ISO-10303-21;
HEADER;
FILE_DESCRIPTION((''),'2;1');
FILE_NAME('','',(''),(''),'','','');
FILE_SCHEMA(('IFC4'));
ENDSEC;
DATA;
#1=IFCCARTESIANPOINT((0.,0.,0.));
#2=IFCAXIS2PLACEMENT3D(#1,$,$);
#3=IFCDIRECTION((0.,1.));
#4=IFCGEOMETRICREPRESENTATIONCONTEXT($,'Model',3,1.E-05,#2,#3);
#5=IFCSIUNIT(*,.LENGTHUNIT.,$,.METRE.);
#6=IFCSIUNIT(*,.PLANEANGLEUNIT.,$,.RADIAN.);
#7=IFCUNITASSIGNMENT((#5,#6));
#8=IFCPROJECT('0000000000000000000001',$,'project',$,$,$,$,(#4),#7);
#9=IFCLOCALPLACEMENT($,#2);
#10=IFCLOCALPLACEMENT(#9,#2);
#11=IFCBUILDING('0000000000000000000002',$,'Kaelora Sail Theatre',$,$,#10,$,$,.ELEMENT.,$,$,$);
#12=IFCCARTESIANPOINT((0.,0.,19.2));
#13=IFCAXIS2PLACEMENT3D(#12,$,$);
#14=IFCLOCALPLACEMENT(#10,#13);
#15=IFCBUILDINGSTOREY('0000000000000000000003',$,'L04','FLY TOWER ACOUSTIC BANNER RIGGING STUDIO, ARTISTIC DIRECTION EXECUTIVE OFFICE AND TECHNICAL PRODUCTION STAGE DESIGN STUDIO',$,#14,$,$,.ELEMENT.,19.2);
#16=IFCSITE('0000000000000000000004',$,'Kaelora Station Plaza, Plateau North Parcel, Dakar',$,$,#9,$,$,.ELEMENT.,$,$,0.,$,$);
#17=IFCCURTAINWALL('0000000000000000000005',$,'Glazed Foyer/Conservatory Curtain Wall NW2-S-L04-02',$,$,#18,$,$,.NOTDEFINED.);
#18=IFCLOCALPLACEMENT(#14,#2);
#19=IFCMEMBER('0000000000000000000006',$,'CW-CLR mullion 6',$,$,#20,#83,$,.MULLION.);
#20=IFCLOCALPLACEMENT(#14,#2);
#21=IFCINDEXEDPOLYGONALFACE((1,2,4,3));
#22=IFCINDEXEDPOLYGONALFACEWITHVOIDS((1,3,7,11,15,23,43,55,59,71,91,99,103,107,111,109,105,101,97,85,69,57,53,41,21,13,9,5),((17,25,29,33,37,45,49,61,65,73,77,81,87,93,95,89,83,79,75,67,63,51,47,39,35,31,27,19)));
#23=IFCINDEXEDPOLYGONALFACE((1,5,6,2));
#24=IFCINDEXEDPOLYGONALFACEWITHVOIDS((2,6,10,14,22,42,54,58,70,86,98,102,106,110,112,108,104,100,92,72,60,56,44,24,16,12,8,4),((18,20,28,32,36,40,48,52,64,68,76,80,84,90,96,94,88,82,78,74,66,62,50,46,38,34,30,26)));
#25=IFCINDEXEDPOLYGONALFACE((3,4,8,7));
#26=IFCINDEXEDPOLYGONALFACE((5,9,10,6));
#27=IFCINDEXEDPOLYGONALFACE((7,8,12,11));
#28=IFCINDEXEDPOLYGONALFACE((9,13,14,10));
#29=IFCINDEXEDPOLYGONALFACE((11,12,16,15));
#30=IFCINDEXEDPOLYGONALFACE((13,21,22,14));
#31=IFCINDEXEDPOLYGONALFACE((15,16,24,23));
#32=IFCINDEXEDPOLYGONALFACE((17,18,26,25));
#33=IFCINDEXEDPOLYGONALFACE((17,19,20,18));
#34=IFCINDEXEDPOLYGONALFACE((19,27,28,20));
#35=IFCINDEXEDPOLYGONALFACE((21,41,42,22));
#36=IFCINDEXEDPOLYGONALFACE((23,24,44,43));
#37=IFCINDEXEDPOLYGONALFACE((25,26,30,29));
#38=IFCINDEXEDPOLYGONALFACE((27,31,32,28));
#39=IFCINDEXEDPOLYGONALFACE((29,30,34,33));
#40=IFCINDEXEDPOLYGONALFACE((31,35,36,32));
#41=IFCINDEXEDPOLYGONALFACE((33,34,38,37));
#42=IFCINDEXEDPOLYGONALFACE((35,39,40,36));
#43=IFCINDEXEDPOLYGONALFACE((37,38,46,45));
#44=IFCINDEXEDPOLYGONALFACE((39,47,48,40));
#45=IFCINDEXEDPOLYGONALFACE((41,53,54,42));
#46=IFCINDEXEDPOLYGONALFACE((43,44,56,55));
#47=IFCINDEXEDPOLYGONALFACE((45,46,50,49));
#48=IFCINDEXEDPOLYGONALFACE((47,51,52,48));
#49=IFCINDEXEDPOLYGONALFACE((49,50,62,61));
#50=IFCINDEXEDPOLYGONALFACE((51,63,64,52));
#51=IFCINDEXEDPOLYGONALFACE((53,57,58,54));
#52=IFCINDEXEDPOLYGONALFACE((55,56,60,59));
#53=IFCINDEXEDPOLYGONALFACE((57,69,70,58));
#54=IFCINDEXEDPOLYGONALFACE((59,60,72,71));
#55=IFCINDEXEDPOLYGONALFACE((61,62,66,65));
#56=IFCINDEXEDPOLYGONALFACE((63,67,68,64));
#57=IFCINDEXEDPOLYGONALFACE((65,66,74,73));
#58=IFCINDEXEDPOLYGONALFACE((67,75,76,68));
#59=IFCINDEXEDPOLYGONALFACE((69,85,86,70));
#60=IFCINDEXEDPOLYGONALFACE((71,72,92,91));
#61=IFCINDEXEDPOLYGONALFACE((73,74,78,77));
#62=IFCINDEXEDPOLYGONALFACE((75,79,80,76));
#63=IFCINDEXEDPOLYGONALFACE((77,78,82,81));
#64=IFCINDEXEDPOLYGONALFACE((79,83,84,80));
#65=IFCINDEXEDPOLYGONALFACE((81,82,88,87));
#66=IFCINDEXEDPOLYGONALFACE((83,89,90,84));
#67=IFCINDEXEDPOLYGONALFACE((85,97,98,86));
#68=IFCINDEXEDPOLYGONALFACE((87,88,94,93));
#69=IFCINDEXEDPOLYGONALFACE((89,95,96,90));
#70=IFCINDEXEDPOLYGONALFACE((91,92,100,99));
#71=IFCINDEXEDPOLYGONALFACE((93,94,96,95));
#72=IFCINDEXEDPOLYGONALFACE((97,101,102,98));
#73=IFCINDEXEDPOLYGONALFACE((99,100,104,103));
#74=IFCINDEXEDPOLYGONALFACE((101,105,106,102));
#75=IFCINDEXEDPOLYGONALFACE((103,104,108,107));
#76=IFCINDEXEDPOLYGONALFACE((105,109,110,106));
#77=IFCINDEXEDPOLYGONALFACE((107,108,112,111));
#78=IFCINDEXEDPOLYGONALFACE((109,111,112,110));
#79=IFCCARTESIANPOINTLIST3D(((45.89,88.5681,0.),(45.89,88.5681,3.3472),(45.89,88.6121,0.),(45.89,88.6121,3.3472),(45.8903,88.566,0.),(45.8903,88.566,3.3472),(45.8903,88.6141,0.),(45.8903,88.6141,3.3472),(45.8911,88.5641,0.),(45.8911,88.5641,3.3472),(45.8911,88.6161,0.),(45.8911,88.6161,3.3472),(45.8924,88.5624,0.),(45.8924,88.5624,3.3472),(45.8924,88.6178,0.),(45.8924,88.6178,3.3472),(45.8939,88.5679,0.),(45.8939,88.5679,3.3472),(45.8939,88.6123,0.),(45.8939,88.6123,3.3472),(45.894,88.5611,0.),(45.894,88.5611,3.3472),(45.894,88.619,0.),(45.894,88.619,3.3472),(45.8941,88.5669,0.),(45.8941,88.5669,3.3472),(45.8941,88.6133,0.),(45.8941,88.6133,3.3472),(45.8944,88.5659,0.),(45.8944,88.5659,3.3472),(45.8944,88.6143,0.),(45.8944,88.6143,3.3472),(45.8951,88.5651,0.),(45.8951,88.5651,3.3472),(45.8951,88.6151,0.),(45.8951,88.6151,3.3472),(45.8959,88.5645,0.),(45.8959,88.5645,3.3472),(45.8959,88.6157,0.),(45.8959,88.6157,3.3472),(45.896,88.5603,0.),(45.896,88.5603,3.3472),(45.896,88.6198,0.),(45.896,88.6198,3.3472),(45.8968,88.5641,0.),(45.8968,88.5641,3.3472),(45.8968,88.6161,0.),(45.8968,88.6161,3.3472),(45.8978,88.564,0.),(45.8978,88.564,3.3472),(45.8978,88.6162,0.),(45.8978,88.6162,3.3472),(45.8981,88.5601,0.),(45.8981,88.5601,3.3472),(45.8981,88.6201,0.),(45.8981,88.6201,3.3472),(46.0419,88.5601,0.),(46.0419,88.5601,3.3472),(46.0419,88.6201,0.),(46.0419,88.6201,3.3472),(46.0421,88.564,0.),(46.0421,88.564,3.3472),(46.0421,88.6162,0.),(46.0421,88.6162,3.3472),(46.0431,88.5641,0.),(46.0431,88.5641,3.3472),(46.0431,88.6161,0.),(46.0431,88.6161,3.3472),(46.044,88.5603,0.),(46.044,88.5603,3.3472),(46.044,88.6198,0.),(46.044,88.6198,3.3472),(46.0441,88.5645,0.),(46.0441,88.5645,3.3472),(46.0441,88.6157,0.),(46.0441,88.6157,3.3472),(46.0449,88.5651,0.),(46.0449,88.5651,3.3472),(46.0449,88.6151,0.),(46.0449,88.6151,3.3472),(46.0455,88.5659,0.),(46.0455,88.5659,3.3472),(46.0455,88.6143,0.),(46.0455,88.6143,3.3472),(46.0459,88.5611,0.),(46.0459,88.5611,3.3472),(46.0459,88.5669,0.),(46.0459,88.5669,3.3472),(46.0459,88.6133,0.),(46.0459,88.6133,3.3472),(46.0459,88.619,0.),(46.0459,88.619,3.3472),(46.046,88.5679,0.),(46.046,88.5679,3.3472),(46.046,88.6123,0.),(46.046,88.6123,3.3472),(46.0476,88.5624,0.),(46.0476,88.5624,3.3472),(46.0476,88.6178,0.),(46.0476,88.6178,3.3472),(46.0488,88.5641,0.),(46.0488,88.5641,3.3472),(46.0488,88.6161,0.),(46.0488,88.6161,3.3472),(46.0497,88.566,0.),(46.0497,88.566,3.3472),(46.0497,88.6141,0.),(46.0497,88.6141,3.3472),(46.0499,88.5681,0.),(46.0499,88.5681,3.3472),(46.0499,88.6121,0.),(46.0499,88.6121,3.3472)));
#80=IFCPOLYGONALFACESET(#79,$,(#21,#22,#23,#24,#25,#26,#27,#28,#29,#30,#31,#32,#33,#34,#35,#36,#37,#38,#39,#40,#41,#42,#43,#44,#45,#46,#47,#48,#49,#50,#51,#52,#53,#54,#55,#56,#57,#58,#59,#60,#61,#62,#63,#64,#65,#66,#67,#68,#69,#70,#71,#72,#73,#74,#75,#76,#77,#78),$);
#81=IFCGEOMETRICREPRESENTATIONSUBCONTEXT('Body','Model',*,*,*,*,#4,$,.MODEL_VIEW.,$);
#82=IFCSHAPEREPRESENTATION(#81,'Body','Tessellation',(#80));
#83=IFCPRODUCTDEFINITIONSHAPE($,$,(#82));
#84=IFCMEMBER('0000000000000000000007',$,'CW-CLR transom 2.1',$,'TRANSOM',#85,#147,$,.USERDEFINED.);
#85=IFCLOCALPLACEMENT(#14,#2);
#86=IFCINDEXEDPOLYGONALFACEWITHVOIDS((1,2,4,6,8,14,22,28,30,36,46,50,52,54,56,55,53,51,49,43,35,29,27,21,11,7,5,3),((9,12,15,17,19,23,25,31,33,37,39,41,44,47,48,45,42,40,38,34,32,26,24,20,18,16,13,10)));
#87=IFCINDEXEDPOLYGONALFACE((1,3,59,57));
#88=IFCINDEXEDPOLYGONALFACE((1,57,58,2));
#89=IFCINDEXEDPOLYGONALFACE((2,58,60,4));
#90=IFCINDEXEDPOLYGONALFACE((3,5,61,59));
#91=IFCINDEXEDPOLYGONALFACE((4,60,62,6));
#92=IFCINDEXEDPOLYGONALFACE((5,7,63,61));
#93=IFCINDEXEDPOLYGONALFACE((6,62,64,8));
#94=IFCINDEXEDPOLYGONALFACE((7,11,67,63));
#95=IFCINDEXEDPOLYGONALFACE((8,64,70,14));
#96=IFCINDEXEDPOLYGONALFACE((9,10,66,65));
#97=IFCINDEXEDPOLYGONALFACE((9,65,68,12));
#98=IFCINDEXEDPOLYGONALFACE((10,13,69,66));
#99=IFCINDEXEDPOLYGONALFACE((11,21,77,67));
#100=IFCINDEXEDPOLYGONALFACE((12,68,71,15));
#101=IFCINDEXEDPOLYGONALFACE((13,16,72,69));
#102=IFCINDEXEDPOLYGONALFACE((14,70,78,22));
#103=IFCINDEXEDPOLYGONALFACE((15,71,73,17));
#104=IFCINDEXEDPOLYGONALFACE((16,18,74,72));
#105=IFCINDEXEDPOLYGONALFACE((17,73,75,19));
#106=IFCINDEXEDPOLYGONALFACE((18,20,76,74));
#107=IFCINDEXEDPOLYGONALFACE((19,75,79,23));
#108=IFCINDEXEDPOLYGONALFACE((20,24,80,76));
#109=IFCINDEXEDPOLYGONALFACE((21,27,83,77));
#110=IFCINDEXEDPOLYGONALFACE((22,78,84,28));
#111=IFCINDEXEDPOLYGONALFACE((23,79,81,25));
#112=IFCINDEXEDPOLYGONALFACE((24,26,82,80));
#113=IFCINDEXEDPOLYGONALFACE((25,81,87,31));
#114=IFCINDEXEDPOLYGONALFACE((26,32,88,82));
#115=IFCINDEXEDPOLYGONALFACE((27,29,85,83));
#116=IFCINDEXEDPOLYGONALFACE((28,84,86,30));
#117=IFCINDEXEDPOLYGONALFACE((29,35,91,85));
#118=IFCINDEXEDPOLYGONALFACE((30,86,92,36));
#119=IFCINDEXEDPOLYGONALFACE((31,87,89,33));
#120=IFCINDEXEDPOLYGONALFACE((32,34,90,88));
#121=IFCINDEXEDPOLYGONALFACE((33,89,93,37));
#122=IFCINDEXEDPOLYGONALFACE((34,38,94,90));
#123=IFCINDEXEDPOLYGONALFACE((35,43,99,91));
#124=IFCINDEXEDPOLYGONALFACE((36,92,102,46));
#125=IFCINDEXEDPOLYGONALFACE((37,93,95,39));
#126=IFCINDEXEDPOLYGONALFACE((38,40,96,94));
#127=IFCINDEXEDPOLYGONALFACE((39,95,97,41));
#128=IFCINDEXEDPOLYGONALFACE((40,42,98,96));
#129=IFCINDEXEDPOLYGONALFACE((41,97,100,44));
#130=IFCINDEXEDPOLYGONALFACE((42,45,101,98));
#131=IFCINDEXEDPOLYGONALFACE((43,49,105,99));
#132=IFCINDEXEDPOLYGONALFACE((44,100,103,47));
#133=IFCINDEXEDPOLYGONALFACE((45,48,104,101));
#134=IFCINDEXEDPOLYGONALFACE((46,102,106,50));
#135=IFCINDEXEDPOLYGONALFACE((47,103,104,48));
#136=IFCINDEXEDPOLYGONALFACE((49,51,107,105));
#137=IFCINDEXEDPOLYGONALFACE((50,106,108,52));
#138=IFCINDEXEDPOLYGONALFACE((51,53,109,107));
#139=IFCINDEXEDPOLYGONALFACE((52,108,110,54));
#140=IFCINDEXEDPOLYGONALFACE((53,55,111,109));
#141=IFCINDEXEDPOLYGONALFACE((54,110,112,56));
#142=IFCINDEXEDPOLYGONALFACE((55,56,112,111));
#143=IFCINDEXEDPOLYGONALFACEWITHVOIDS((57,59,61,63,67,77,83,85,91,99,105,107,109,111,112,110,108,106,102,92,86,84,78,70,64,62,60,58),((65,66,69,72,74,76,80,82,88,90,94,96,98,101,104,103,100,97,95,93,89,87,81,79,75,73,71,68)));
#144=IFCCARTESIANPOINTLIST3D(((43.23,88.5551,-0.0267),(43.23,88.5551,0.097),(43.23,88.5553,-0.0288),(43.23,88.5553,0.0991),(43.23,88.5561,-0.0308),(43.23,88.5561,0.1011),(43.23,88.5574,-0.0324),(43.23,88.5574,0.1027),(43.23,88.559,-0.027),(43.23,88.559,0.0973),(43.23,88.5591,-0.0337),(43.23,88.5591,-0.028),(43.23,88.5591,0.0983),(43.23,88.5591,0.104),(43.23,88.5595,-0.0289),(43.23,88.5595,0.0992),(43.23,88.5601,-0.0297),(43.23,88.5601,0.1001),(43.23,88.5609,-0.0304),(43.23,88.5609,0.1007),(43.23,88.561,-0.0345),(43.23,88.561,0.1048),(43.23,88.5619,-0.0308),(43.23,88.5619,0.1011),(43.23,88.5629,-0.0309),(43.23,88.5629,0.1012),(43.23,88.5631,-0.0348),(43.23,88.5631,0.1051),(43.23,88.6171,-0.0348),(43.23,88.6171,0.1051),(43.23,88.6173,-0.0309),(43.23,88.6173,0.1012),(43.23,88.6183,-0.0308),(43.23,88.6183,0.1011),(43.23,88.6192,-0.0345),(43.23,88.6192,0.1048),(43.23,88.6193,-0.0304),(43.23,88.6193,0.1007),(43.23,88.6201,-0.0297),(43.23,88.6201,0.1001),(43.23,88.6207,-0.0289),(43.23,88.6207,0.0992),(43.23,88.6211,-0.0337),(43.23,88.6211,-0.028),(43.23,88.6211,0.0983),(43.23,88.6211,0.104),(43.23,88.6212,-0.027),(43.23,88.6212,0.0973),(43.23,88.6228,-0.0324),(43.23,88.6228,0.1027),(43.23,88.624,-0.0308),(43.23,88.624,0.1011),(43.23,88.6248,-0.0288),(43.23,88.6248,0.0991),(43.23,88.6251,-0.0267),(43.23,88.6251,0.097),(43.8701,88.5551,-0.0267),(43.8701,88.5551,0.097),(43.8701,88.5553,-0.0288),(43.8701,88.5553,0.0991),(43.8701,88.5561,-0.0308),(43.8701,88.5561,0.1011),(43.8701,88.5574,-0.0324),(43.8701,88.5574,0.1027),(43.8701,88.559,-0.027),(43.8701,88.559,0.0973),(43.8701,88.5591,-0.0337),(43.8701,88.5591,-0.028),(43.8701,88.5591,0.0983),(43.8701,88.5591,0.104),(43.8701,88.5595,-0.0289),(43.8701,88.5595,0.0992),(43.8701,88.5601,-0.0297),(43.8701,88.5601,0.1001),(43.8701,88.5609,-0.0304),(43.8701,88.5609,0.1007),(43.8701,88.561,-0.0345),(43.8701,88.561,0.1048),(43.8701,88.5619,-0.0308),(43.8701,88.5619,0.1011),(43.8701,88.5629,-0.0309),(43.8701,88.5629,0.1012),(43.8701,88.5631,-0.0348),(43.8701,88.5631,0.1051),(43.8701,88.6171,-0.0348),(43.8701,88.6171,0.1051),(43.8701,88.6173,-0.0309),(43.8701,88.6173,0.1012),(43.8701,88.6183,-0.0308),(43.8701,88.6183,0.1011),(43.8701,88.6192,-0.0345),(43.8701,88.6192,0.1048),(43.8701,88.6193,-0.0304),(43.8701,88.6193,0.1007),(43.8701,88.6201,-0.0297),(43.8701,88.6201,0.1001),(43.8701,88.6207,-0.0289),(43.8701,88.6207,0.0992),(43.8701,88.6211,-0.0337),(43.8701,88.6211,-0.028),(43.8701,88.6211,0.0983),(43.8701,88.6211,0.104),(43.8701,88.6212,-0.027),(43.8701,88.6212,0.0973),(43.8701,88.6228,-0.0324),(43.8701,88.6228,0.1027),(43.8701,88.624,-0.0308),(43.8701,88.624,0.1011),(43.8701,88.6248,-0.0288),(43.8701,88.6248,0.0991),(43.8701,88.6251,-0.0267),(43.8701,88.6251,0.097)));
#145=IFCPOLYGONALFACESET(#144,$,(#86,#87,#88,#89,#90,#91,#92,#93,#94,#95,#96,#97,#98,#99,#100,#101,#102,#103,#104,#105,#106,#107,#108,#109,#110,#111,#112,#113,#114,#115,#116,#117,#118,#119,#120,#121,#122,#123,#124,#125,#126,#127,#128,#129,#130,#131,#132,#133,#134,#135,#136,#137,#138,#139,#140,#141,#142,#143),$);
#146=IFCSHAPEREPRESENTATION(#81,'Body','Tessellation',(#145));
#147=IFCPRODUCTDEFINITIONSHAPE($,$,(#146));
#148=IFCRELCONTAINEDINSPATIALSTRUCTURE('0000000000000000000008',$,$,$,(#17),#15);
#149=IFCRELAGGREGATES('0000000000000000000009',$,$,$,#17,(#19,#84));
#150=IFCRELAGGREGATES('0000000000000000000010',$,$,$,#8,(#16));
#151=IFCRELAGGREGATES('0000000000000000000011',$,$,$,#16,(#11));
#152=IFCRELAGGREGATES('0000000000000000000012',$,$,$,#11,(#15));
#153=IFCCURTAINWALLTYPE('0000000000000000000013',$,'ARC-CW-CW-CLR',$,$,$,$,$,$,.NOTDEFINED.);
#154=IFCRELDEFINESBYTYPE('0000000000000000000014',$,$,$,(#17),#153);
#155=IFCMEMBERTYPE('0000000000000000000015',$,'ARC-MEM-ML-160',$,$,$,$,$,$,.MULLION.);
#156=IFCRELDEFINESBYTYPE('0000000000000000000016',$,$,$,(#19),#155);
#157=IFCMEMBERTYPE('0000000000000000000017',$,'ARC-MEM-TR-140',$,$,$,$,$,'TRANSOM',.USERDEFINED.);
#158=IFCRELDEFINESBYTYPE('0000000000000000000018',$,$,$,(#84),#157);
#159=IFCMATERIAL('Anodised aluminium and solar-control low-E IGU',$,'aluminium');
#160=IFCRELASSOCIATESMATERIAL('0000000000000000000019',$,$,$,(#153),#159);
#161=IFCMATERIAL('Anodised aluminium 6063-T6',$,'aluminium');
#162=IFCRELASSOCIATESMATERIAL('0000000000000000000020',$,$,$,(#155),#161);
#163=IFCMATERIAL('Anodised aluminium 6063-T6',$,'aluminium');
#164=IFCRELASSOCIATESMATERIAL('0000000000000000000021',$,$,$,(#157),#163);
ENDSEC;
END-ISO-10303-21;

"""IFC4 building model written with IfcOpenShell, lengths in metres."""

from ifc_helpers import new_model, si_unit, direction, frame, origin, origin_2d, place, context, subcontext, project, spatial, hollow_rectangle, extrude, material, material_profile, profile_set, type_object, element, aggregate, save


model = new_model("IFC4")

# Units and contexts
model_context = context("Model", 3, precision=1e-05, world=origin(), true_north=direction((0.0, 1.0)))
body_context = subcontext(model_context, "Body", "Model", "MODEL_VIEW")
ifc_project = project(units=[si_unit("LENGTHUNIT", "METRE"), si_unit("PLANEANGLEUNIT", "RADIAN")], contexts=[model_context])

# Site, building, storey
site_placement = place(None, origin())
site = spatial("IfcSite", under=ifc_project, at=site_placement, Name="Kaelora Station Plaza, Plateau North Parcel, Dakar", CompositionType="ELEMENT", RefElevation=0.0)
building_placement = place(site_placement, origin())
building = spatial("IfcBuilding", under=site, at=building_placement, Name="Kaelora Sail Theatre", CompositionType="ELEMENT")
storey_placement = place(building_placement, frame((0.0, 0.0, 19.2)))
storey = spatial("IfcBuildingStorey", under=building, at=storey_placement, Name="L04", Description="FLY TOWER ACOUSTIC BANNER RIGGING STUDIO, ARTISTIC DIRECTION EXECUTIVE OFFICE AND TECHNICAL PRODUCTION STAGE DESIGN STUDIO", CompositionType="ELEMENT", Elevation=19.2)

# Curtain wall, members
ifc_material_1 = material(Name="Anodised aluminium and solar-control low-E IGU", Category="aluminium")
curtain_wall_type = type_object("IfcCurtainWallType", Name="ARC-CW-CW-CLR", PredefinedType="NOTDEFINED", material=ifc_material_1)
curtain_wall_placement = place(storey_placement, origin())
curtain_wall = element("IfcCurtainWall", 1, at=curtain_wall_placement, inside=storey, type_object=curtain_wall_type, Name="Glazed Foyer/Conservatory Curtain Wall NW2-S-L04-02", PredefinedType="NOTDEFINED")
ifc_material_2 = material(Name="Anodised aluminium 6063-T6", Category="aluminium")
ifc_material_profile_1 = material_profile(ifc_material_2, hollow_rectangle(XDim=0.0601, YDim=0.1599, WallThickness=0.0039, InnerFilletRadius=0.0039, OuterFilletRadius=0.0081, at=origin_2d()), Name="ALU-MULL 60x160x4")
ifc_profile_set_1 = profile_set([ifc_material_profile_1], Name="Anodised aluminium 6063-T6")
member_type_1 = type_object("IfcMemberType", Name="ARC-MEM-ML-160", PredefinedType="MULLION", material=ifc_profile_set_1)
member_1_placement = place(storey_placement, frame((45.97, 88.5901, 0.0), z_axis=(0.0, 0.0, 1.0), x_axis=(0.0, 1.0, 0.0)))
member_1 = element("IfcMember", 2, at=member_1_placement, type_object=member_type_1, Name="CW-CLR mullion 6", PredefinedType="MULLION", context=body_context, shape_type="SweptSolid", body=[
    extrude(hollow_rectangle(XDim=0.0601, YDim=0.1599, WallThickness=0.0039, InnerFilletRadius=0.0039, OuterFilletRadius=0.0081, at=origin_2d()), origin(), (0.0, 0.0, 1.0), 3.3472),
])
ifc_material_3 = material(Name="Anodised aluminium 6063-T6", Category="aluminium")
ifc_material_profile_2 = material_profile(ifc_material_3, hollow_rectangle(XDim=0.0701, YDim=0.1399, WallThickness=0.0039, InnerFilletRadius=0.0039, OuterFilletRadius=0.0081, at=origin_2d()), Name="ALU-TRAN 70x140x4")
ifc_profile_set_2 = profile_set([ifc_material_profile_2], Name="Anodised aluminium 6063-T6")
member_type_2 = type_object("IfcMemberType", Name="ARC-MEM-TR-140", ElementType="TRANSOM", PredefinedType="USERDEFINED", material=ifc_profile_set_2)
member_2_placement = place(storey_placement, frame((43.23, 88.5901, 0.0352), z_axis=(1.0, 0.0, 0.0), x_axis=(0.0, 1.0, 0.0)))
member_2 = element("IfcMember", 3, at=member_2_placement, type_object=member_type_2, Name="CW-CLR transom 2.1", ObjectType="TRANSOM", PredefinedType="USERDEFINED", context=body_context, shape_type="SweptSolid", body=[
    extrude(hollow_rectangle(XDim=0.0701, YDim=0.1399, WallThickness=0.0039, InnerFilletRadius=0.0039, OuterFilletRadius=0.0081, at=origin_2d()), origin(), (0.0, 0.0, 1.0), 0.6401),
])
aggregate(curtain_wall, [member_1, member_2])

save(model, "model.ifc")
